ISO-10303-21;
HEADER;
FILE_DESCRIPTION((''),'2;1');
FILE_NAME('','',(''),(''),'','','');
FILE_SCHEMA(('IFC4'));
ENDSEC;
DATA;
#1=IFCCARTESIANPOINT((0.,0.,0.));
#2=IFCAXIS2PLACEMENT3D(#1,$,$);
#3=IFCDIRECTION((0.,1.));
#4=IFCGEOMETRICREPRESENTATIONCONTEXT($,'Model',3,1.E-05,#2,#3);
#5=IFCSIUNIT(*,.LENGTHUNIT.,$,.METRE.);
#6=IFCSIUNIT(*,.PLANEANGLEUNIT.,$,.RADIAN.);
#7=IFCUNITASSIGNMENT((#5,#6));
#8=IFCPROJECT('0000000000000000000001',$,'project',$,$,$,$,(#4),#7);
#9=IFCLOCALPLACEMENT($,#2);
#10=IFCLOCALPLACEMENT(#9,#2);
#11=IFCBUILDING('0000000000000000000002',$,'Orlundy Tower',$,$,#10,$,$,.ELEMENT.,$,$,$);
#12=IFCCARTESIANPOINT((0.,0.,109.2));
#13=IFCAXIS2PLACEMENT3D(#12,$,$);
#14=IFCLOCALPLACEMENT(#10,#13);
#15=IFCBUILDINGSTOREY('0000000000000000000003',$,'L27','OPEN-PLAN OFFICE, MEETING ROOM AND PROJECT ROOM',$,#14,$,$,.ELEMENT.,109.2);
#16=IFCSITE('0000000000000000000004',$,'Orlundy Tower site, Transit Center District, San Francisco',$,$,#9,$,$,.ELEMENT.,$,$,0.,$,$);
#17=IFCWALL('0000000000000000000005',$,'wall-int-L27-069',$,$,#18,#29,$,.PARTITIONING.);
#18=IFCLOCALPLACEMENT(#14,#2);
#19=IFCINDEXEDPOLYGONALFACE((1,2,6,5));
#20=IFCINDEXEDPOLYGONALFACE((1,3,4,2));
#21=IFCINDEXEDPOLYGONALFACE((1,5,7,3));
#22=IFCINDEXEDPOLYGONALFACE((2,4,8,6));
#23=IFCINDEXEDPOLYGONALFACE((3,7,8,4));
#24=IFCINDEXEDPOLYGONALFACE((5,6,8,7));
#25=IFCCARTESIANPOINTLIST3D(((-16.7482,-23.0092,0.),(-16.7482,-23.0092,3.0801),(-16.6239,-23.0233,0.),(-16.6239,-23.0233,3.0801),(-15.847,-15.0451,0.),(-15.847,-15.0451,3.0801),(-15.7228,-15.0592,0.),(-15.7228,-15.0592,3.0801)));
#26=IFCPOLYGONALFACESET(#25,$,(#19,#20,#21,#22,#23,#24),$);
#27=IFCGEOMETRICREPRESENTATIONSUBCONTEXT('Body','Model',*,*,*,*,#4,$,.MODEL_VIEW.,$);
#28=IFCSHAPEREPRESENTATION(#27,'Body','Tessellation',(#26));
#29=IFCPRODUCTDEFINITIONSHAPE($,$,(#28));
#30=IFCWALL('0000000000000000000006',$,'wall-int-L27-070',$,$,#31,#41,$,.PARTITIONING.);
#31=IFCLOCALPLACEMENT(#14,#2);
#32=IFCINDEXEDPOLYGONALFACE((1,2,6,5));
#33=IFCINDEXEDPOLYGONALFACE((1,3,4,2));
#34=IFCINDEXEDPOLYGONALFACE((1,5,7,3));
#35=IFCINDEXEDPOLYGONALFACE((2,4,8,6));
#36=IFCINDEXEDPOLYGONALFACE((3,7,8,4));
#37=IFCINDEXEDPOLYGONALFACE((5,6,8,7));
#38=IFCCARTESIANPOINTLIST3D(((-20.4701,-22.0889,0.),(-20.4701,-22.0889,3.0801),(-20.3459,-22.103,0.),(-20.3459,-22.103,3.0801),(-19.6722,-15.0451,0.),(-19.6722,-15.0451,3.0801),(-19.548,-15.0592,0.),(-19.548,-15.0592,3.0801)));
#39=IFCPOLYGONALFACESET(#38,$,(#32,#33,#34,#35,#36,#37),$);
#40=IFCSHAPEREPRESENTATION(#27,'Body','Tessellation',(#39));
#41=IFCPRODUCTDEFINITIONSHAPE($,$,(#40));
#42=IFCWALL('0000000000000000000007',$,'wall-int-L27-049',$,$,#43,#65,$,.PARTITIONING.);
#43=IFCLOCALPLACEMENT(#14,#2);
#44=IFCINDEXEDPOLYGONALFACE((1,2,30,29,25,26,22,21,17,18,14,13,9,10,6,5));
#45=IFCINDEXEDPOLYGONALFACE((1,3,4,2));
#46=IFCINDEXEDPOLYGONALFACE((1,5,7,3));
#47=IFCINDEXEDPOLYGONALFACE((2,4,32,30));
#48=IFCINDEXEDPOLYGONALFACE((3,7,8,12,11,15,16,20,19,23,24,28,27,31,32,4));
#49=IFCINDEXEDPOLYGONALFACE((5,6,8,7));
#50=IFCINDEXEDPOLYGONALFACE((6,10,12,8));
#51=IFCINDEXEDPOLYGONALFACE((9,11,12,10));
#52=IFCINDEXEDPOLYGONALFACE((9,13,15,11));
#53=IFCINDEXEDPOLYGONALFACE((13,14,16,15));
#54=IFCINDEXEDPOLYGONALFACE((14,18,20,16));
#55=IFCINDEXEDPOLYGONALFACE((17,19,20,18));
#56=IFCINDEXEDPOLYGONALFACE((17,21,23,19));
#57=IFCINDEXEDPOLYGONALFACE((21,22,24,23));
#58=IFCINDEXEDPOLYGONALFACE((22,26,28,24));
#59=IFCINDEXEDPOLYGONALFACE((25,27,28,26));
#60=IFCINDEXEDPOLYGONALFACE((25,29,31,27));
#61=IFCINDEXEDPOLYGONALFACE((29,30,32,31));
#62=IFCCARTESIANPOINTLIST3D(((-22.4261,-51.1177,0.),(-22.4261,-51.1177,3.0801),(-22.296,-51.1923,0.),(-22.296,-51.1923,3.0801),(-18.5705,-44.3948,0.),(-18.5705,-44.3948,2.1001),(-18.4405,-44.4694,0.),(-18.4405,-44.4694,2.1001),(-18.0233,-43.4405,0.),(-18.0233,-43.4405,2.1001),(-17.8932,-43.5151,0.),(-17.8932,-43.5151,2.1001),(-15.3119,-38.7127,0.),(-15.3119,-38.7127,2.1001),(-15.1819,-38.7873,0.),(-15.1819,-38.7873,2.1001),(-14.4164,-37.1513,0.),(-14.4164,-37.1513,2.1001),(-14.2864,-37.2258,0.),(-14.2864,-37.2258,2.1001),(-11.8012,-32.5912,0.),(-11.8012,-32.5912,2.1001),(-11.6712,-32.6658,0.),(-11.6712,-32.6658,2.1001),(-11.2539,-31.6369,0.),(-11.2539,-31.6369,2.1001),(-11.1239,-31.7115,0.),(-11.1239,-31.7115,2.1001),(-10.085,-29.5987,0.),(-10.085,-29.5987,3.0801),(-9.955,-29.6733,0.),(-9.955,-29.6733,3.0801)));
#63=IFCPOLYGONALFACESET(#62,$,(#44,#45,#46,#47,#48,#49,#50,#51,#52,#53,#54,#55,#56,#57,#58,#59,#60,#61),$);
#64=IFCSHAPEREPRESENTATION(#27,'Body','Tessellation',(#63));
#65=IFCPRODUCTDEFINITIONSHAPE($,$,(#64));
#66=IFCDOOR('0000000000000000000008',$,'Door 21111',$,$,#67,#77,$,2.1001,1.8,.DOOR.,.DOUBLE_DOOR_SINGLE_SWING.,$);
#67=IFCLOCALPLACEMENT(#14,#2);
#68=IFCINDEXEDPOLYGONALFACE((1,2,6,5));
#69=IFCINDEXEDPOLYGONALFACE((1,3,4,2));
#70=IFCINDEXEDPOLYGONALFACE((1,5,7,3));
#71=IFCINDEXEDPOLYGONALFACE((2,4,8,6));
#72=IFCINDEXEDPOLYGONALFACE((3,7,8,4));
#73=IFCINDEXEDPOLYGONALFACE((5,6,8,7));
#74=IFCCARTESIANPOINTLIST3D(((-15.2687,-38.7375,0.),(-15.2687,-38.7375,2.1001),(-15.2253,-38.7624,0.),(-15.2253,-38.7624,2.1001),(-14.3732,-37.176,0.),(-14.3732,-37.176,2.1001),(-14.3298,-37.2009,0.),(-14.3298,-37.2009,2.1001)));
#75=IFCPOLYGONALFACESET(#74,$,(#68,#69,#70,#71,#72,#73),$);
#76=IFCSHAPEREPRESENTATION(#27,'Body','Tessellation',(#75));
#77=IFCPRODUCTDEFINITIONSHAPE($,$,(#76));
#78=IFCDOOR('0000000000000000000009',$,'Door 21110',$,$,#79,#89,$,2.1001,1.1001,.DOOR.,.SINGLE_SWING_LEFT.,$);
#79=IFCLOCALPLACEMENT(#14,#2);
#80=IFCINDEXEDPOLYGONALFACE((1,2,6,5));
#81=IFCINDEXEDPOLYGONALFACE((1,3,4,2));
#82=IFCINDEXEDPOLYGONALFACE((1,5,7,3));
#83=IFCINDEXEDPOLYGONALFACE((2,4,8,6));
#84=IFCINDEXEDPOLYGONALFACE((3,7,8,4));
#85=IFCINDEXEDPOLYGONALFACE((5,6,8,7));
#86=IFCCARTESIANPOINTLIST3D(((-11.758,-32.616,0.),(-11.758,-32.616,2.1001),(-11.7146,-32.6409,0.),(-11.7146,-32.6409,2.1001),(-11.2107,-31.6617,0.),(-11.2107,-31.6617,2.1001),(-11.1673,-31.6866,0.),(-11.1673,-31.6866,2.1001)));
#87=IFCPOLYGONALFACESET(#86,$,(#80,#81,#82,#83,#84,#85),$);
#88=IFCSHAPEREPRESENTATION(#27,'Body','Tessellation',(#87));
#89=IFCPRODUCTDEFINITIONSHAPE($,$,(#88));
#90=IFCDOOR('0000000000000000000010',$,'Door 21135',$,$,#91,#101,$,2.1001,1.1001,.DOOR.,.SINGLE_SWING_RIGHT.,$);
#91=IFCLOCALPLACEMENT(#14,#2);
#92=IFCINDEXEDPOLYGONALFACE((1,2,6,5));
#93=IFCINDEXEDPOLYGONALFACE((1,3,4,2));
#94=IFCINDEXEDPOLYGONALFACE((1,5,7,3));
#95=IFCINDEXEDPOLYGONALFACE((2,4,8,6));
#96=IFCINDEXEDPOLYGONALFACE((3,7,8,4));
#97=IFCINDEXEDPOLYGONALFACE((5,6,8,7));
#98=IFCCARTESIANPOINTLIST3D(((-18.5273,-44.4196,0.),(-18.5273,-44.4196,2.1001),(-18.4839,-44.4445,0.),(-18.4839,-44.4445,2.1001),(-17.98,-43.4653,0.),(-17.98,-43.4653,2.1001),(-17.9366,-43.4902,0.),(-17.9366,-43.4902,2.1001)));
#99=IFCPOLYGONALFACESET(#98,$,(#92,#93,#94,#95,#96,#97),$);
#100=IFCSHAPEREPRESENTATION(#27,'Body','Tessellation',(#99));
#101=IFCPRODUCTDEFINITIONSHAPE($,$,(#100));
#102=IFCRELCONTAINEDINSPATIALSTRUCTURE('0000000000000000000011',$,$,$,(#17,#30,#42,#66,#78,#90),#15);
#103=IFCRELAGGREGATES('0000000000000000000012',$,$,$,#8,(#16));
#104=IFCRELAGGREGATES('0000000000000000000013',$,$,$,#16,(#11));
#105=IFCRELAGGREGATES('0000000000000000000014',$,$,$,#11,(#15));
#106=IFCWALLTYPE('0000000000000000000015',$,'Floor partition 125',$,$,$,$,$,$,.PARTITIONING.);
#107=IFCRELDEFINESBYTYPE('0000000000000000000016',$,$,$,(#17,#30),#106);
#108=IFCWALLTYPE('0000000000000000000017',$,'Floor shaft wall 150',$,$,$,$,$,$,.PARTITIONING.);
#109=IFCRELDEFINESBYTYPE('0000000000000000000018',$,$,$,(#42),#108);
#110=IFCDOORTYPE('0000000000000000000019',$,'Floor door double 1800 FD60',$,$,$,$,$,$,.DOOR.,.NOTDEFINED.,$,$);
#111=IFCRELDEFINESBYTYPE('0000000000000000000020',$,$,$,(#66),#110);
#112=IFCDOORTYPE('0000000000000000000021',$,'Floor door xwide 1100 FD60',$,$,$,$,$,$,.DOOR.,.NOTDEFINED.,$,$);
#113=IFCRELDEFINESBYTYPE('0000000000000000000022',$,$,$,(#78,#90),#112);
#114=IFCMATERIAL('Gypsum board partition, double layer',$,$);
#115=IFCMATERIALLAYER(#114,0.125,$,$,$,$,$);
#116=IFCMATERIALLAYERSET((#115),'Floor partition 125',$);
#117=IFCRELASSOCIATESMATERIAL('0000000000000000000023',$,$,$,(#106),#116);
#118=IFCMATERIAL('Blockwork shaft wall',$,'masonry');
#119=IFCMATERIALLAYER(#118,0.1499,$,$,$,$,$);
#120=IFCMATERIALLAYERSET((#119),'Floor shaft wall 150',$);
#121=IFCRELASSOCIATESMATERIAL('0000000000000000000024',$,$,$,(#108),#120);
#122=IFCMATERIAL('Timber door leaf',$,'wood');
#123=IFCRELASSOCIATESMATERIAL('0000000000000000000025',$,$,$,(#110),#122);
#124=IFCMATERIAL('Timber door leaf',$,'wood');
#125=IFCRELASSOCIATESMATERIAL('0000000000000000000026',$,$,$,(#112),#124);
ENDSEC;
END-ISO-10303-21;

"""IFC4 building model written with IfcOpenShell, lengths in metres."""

from ifc_helpers import new_model, si_unit, direction, frame, frame_2d, origin, place, context, subcontext, project, spatial, rectangle, extrude, material, layer, layer_set, type_object, element, fill, save


model = new_model("IFC4")

# Units and contexts
model_context = context("Model", 3, precision=1e-05, world=origin(), true_north=direction((0.0, 1.0)))
body_context = subcontext(model_context, "Body", "Model", "MODEL_VIEW")
ifc_project = project(units=[si_unit("LENGTHUNIT", "METRE"), si_unit("PLANEANGLEUNIT", "RADIAN")], contexts=[model_context])

# Site, building, storey
site_placement = place(None, origin())
site = spatial("IfcSite", under=ifc_project, at=site_placement, Name="Orlundy Tower site, Transit Center District, San Francisco", CompositionType="ELEMENT", RefElevation=0.0)
building_placement = place(site_placement, origin())
building = spatial("IfcBuilding", under=site, at=building_placement, Name="Orlundy Tower", CompositionType="ELEMENT")
storey_placement = place(building_placement, frame((0.0, 0.0, 109.2)))
storey = spatial("IfcBuildingStorey", under=building, at=storey_placement, Name="L27", Description="OPEN-PLAN OFFICE, MEETING ROOM AND PROJECT ROOM", CompositionType="ELEMENT", Elevation=109.2)

# Shared definitions
ifc_material_1 = material(Name="Gypsum board partition, double layer")
ifc_layer_1 = layer(ifc_material_1, 0.125)
ifc_layer_set_1 = layer_set([ifc_layer_1], Name="Floor partition 125")
wall_type_1 = type_object("IfcWallType", Name="Floor partition 125", PredefinedType="PARTITIONING", material=ifc_layer_set_1)

# Walls
wall_1_placement = place(storey_placement, frame((-16.686, -23.0161, 0.0), z_axis=(0.0, 0.0, 1.0), x_axis=(0.112431, 0.99366, 0.0)))
element("IfcWall", 1, at=wall_1_placement, inside=storey, type_object=wall_type_1, Name="wall-int-L27-069", PredefinedType="PARTITIONING", context=body_context, shape_type="SweptSolid", body=[
    extrude(rectangle(XDim=8.0149, YDim=0.125, at=frame_2d((4.0073, 0.0))), origin(), (0.0, 0.0, 1.0), 3.0801),
])
wall_2_placement = place(storey_placement, frame((-20.408, -22.0959, 0.0), z_axis=(0.0, 0.0, 1.0), x_axis=(0.112548, 0.993646, 0.0)))
element("IfcWall", 2, at=wall_2_placement, inside=storey, type_object=wall_type_1, Name="wall-int-L27-070", PredefinedType="PARTITIONING", context=body_context, shape_type="SweptSolid", body=[
    extrude(rectangle(XDim=7.0889, YDim=0.125, at=frame_2d((3.5444, 0.0))), origin(), (0.0, 0.0, 1.0), 3.0801),
])

# Wall, openings, doors
ifc_material_2 = material(Name="Blockwork shaft wall", Category="masonry")
ifc_layer_2 = layer(ifc_material_2, 0.1499)
ifc_layer_set_2 = layer_set([ifc_layer_2], Name="Floor shaft wall 150")
wall_type_2 = type_object("IfcWallType", Name="Floor shaft wall 150", PredefinedType="PARTITIONING", material=ifc_layer_set_2)
wall_3_placement = place(storey_placement, frame((-10.02, -29.636, 0.0), z_axis=(0.0, 0.0, 1.0), x_axis=(-0.49749, -0.86747, 0.0)))
wall_3 = element("IfcWall", 3, at=wall_3_placement, inside=storey, type_object=wall_type_2, Name="wall-int-L27-049", PredefinedType="PARTITIONING", context=body_context, shape_type="SweptSolid", body=[
    extrude(rectangle(XDim=24.8066, YDim=0.1499, at=frame_2d((12.4033, 0.0))), origin(), (0.0, 0.0, 1.0), 3.0801),
])
opening_1_placement = place(wall_3_placement, frame((2.3496, 0.0, 0.0)))
opening_1 = element("IfcOpeningElement", 4, at=opening_1_placement, cuts=wall_3, PredefinedType="OPENING", context=body_context, shape_type="SweptSolid", body=[
    extrude(rectangle(XDim=1.1001, YDim=2.1001, at=frame_2d((0.55, 1.05))), frame((0.0, 0.085, 0.0), z_axis=(0.0, -1.0, 0.0), x_axis=(1.0, 0.0, 0.0)), (0.0, 0.0, 1.0), 0.1699),
])
opening_2_placement = place(wall_3_placement, frame((8.7065, 0.0, 0.0)))
opening_2 = element("IfcOpeningElement", 5, at=opening_2_placement, cuts=wall_3, PredefinedType="OPENING", context=body_context, shape_type="SweptSolid", body=[
    extrude(rectangle(XDim=1.8, YDim=2.1001, at=frame_2d((0.8999, 1.05))), frame((0.0, 0.085, 0.0), z_axis=(0.0, -1.0, 0.0), x_axis=(1.0, 0.0, 0.0)), (0.0, 0.0, 1.0), 0.1699),
])
opening_3_placement = place(wall_3_placement, frame((15.9565, 0.0, 0.0)))
opening_3 = element("IfcOpeningElement", 6, at=opening_3_placement, cuts=wall_3, PredefinedType="OPENING", context=body_context, shape_type="SweptSolid", body=[
    extrude(rectangle(XDim=1.1001, YDim=2.1001, at=frame_2d((0.55, 1.05))), frame((0.0, 0.085, 0.0), z_axis=(0.0, -1.0, 0.0), x_axis=(1.0, 0.0, 0.0)), (0.0, 0.0, 1.0), 0.1699),
])
ifc_material_3 = material(Name="Timber door leaf", Category="wood")
door_type_1 = type_object("IfcDoorType", Name="Floor door double 1800 FD60", OperationType="NOTDEFINED", PredefinedType="DOOR", material=ifc_material_3)
door_1_placement = place(opening_2_placement, origin())
door_1 = element("IfcDoor", 7, at=door_1_placement, inside=storey, type_object=door_type_1, Name="Door 21111", OperationType="DOUBLE_DOOR_SINGLE_SWING", OverallHeight=2.1001, OverallWidth=1.8, PredefinedType="DOOR", context=body_context, shape_type="SweptSolid", body=[
    extrude(rectangle(XDim=1.8, YDim=2.1001, at=frame_2d((0.8999, 1.05))), frame((0.0, 0.0249, 0.0), z_axis=(0.0, -1.0, 0.0), x_axis=(1.0, 0.0, 0.0)), (0.0, 0.0, 1.0), 0.05),
])
fill(opening_2, door_1)
ifc_material_4 = material(Name="Timber door leaf", Category="wood")
door_type_2 = type_object("IfcDoorType", Name="Floor door xwide 1100 FD60", OperationType="NOTDEFINED", PredefinedType="DOOR", material=ifc_material_4)
door_2_placement = place(opening_1_placement, origin())
door_2 = element("IfcDoor", 8, at=door_2_placement, inside=storey, type_object=door_type_2, Name="Door 21110", OperationType="SINGLE_SWING_LEFT", OverallHeight=2.1001, OverallWidth=1.1001, PredefinedType="DOOR", context=body_context, shape_type="SweptSolid", body=[
    extrude(rectangle(XDim=1.1001, YDim=2.1001, at=frame_2d((0.55, 1.05))), frame((0.0, 0.0249, 0.0), z_axis=(0.0, -1.0, 0.0), x_axis=(1.0, 0.0, 0.0)), (0.0, 0.0, 1.0), 0.05),
])
fill(opening_1, door_2)
door_3_placement = place(opening_3_placement, origin())
door_3 = element("IfcDoor", 9, at=door_3_placement, inside=storey, type_object=door_type_2, Name="Door 21135", OperationType="SINGLE_SWING_RIGHT", OverallHeight=2.1001, OverallWidth=1.1001, PredefinedType="DOOR", context=body_context, shape_type="SweptSolid", body=[
    extrude(rectangle(XDim=1.1001, YDim=2.1001, at=frame_2d((0.55, 1.05))), frame((0.0, 0.0249, 0.0), z_axis=(0.0, -1.0, 0.0), x_axis=(1.0, 0.0, 0.0)), (0.0, 0.0, 1.0), 0.05),
])
fill(opening_3, door_3)

save(model, "model.ifc")
